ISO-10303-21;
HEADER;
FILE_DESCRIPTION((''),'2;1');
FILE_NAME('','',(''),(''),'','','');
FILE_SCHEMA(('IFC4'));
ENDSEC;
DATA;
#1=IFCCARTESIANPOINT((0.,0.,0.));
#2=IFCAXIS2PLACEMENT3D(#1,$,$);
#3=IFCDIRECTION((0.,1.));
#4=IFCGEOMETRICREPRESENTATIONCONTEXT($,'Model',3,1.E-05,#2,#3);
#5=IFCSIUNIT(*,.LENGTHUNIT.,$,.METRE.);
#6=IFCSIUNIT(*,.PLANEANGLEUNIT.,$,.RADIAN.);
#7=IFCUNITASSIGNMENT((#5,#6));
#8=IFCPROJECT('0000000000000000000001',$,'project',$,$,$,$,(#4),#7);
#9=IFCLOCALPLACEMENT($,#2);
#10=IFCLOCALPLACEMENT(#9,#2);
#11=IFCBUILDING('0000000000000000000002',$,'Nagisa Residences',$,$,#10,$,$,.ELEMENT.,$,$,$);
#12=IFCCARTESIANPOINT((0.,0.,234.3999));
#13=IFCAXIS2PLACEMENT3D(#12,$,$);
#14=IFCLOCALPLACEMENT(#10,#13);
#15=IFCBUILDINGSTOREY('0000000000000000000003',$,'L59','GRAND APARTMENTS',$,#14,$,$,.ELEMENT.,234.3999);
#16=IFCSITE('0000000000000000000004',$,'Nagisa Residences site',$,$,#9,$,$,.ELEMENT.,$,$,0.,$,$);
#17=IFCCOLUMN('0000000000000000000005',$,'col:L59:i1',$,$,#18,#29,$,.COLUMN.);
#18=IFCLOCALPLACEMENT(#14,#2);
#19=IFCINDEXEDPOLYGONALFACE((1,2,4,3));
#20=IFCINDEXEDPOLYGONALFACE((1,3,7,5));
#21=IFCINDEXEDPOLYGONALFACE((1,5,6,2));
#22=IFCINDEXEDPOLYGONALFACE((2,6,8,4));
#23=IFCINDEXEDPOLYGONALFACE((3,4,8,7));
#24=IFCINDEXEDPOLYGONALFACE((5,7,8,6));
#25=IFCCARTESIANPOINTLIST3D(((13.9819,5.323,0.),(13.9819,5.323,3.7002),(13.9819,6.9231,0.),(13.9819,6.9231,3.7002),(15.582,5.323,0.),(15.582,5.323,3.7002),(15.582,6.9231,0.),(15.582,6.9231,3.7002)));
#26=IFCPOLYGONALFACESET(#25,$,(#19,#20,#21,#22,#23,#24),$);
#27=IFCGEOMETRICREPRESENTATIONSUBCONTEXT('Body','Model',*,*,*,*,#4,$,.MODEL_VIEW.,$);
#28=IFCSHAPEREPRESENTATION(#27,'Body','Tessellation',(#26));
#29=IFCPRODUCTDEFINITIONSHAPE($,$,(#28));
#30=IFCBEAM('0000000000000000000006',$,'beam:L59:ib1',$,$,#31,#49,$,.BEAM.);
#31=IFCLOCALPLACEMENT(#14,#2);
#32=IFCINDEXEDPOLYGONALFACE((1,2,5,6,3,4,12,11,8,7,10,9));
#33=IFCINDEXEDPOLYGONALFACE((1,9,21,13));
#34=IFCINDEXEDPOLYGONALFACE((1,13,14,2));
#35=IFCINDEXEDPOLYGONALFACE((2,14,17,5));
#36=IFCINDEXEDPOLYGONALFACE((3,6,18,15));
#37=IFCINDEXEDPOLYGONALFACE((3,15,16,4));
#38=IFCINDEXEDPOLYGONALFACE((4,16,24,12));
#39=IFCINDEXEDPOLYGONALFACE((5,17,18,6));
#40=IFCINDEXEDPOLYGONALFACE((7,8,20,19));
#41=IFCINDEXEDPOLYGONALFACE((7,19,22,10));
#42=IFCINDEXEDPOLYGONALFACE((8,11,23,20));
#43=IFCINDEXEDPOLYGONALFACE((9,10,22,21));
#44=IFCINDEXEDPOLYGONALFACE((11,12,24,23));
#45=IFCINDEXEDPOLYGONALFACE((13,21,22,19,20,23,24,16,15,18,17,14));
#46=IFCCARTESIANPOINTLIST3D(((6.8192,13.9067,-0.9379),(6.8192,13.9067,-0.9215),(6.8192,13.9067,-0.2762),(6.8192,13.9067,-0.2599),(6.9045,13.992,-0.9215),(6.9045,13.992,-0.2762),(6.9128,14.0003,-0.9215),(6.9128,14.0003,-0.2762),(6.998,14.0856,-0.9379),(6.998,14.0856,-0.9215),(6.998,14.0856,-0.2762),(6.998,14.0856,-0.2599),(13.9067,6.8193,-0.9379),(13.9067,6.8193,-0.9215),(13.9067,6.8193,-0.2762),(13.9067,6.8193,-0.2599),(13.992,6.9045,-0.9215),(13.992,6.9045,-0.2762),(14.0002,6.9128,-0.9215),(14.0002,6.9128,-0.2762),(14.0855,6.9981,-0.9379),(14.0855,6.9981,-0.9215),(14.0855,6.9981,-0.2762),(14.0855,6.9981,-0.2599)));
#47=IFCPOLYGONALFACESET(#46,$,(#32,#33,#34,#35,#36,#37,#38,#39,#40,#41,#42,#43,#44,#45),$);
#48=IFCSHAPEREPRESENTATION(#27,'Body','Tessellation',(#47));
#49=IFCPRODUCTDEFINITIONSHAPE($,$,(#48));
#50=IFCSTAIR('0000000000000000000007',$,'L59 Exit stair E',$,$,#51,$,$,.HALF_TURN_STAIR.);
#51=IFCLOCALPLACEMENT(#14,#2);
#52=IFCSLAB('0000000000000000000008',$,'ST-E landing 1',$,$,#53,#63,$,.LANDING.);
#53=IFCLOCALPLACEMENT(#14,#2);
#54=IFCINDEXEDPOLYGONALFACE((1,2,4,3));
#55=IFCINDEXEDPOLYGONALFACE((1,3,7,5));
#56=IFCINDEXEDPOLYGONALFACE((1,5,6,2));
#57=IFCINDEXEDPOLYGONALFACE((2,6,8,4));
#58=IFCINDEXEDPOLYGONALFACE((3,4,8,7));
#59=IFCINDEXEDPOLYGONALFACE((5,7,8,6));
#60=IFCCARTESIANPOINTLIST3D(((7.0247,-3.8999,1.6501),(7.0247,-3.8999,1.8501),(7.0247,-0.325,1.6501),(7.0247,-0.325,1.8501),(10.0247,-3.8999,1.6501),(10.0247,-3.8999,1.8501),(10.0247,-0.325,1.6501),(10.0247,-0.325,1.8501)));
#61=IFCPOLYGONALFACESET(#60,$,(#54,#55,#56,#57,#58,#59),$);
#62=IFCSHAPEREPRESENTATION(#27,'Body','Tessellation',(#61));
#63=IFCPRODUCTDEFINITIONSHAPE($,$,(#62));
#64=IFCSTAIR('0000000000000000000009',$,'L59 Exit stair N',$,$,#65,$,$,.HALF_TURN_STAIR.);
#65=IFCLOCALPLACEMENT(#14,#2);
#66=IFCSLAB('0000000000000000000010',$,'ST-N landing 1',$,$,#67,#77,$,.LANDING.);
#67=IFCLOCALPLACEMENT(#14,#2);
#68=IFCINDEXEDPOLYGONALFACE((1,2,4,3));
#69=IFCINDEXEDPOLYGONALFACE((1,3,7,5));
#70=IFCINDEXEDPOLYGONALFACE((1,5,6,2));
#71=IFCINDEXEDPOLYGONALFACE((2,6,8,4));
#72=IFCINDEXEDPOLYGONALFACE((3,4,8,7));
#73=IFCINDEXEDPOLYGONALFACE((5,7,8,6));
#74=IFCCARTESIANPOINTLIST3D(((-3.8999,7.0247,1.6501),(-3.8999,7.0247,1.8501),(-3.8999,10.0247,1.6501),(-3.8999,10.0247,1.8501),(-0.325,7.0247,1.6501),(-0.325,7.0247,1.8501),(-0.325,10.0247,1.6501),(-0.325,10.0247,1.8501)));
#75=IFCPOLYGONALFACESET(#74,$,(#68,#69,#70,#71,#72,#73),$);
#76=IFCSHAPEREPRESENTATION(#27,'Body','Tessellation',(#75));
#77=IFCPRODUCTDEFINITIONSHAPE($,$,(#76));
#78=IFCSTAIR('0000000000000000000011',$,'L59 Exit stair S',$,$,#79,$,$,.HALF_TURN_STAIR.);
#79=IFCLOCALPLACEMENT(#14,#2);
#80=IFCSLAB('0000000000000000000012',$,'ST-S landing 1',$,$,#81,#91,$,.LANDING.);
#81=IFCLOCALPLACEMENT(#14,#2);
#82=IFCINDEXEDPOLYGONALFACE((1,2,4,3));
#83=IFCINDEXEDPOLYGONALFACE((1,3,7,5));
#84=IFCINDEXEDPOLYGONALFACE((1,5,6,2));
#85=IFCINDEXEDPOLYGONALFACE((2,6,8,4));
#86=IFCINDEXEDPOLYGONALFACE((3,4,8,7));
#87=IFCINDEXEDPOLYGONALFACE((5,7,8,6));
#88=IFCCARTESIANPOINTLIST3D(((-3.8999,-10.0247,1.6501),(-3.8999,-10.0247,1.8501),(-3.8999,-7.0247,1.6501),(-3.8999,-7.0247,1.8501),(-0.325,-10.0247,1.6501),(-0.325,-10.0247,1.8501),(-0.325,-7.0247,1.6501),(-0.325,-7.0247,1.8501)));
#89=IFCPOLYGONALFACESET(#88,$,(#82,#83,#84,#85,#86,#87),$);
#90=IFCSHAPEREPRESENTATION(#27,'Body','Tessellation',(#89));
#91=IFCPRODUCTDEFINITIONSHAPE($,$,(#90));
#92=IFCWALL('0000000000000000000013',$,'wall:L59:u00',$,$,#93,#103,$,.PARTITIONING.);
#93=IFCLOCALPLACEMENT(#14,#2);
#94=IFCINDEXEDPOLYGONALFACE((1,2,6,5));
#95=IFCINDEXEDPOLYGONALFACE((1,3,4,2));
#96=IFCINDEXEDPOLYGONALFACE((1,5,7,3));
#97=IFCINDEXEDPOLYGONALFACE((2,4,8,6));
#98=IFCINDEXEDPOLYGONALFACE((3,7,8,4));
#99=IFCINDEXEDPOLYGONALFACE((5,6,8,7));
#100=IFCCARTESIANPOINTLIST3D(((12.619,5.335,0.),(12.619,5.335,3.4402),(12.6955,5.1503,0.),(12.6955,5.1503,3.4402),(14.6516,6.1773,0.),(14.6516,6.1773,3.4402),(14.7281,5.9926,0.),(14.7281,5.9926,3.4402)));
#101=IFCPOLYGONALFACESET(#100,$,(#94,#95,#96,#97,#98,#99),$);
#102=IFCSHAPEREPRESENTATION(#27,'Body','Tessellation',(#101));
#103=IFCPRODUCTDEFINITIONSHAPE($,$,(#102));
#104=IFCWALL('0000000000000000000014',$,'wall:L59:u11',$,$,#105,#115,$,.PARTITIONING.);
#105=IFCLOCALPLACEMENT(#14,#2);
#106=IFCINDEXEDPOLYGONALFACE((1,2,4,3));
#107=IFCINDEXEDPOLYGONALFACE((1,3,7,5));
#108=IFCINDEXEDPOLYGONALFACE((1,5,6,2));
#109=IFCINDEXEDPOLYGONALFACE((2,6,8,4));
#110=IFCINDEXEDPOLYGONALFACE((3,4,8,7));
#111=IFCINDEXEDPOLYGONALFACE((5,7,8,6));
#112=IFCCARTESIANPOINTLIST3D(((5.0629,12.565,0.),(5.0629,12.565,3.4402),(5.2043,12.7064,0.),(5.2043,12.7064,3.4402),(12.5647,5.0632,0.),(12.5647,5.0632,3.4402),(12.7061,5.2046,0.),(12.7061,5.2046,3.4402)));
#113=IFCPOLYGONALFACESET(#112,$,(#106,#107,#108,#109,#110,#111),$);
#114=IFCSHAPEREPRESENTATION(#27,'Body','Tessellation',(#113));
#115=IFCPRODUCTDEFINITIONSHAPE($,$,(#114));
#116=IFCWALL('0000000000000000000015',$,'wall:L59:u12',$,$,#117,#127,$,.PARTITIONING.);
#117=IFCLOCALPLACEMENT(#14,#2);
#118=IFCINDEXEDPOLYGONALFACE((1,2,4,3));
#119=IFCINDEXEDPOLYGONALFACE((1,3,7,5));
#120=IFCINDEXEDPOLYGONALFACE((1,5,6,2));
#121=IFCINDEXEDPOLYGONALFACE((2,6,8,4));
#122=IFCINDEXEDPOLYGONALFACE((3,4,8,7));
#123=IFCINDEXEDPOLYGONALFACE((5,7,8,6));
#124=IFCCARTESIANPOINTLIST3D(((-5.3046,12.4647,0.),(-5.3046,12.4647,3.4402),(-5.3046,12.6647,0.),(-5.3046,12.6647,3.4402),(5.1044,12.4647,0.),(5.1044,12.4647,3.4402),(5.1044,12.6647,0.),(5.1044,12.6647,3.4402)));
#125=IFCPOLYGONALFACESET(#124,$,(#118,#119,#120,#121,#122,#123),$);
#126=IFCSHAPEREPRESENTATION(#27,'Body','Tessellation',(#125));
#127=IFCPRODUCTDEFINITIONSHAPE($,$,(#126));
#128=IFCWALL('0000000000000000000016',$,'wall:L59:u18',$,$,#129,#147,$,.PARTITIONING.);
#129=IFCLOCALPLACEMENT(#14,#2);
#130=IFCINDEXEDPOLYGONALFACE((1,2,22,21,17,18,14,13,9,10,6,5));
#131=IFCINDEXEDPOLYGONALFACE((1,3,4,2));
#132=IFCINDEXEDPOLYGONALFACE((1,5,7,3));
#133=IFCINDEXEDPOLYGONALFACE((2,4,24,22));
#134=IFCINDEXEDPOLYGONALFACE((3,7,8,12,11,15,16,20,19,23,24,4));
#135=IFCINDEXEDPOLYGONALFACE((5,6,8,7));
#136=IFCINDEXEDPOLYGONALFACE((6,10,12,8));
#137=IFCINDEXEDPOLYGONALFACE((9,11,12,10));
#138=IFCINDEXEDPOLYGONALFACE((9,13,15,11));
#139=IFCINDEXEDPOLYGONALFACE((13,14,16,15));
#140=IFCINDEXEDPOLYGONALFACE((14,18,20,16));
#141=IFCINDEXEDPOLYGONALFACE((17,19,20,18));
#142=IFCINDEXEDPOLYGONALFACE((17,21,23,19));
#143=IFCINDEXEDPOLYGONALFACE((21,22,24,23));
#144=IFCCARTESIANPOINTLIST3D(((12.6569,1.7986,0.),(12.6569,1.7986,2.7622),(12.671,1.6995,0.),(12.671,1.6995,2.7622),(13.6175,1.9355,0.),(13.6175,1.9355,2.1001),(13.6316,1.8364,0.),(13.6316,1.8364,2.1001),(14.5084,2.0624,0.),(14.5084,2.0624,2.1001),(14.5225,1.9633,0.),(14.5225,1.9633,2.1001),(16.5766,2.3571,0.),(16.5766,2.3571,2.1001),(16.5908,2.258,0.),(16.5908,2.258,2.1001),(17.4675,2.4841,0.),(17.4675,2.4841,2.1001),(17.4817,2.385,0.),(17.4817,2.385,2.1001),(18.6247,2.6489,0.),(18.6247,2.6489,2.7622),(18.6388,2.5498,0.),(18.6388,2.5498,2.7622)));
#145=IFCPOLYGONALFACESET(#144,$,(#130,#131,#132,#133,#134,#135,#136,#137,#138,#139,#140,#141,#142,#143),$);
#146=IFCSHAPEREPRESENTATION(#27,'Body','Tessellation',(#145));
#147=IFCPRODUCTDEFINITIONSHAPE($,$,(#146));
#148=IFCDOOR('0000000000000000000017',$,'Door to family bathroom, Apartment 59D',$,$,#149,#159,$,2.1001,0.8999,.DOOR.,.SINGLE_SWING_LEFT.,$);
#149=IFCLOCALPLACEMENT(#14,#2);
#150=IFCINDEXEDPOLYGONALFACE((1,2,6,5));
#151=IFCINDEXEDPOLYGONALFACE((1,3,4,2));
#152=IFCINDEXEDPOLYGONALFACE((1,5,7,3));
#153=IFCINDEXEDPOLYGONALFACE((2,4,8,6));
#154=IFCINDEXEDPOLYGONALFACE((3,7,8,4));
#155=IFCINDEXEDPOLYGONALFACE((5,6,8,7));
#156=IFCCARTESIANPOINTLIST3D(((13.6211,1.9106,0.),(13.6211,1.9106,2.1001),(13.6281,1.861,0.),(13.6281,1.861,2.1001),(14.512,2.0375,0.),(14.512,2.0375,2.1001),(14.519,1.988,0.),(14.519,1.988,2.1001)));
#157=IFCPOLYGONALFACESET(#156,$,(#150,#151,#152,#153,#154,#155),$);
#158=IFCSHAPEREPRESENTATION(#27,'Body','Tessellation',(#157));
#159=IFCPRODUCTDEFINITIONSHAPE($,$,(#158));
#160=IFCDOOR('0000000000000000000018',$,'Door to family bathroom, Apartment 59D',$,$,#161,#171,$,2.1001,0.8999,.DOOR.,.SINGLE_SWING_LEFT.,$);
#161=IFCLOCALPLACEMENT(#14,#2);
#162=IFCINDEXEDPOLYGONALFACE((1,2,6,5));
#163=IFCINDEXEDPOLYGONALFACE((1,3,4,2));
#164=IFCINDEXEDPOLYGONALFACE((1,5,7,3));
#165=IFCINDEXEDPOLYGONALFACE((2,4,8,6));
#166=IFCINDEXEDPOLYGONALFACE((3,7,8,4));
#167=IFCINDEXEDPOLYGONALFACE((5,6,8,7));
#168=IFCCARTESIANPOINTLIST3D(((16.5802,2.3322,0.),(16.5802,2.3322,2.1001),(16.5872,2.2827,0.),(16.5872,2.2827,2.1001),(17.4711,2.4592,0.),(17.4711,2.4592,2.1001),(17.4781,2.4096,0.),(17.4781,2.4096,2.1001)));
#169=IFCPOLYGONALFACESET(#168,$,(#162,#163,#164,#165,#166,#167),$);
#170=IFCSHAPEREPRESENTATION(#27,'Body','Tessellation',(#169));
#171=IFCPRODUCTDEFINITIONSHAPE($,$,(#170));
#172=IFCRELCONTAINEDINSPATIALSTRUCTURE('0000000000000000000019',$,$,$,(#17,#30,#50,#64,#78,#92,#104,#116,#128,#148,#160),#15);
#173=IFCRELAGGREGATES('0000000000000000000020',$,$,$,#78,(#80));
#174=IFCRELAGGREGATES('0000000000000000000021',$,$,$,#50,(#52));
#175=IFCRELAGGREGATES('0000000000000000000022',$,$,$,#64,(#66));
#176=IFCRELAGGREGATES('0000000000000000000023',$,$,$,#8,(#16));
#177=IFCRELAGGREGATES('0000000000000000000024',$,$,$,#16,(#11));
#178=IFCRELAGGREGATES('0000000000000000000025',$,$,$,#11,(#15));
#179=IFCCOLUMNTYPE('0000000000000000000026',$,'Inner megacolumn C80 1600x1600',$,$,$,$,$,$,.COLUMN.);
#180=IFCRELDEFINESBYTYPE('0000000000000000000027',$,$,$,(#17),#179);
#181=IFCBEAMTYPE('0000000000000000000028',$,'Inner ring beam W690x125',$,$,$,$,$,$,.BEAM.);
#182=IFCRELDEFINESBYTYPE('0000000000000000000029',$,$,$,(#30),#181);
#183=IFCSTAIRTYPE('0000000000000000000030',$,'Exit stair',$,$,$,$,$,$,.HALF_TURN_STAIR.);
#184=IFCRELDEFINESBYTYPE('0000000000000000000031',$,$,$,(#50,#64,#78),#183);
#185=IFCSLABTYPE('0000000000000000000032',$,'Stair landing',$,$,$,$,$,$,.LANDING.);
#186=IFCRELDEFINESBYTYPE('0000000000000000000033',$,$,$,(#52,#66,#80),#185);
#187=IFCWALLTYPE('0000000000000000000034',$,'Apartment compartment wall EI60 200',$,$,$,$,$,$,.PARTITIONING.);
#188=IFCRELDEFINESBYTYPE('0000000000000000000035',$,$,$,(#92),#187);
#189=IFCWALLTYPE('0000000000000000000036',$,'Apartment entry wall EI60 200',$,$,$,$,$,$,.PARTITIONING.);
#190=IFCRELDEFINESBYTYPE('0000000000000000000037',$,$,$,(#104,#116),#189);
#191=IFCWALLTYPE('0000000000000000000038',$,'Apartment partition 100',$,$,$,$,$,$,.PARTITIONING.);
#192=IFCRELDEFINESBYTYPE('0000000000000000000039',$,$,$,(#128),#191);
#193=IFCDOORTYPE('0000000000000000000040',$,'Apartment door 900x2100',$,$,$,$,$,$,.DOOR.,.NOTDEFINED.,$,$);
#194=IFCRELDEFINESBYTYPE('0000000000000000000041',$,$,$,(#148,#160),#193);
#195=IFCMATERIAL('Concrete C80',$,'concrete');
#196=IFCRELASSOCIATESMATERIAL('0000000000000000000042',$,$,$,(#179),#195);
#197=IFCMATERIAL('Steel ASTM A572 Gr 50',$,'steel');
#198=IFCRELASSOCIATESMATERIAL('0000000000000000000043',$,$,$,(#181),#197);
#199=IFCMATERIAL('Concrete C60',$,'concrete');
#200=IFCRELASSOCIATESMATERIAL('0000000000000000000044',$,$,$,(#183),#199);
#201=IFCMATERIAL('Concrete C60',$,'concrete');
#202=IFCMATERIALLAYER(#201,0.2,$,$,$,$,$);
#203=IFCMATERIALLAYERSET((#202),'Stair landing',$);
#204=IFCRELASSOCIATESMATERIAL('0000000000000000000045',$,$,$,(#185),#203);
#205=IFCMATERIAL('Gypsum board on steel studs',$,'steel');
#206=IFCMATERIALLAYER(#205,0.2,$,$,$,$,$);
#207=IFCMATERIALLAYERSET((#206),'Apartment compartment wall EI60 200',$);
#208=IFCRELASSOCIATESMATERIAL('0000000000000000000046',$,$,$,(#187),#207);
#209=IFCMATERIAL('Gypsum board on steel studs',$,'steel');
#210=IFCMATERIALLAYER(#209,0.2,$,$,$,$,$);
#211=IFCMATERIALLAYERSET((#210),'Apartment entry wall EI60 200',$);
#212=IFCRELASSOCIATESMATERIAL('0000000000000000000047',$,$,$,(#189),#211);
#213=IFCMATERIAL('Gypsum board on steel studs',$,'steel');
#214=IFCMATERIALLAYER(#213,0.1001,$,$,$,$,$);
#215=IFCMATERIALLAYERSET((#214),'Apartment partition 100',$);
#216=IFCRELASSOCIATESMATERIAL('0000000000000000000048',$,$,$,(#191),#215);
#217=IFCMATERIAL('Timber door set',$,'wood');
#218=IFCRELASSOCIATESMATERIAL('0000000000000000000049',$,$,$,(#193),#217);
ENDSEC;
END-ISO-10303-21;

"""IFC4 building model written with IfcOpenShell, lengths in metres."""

from ifc_helpers import new_model, si_unit, direction, frame, frame_2d, origin, origin_2d, place, context, subcontext, project, spatial, polyline, rectangle, i_section, outline, extrude, material, layer, layer_set, material_profile, profile_set, type_object, element, fill, aggregate, save


model = new_model("IFC4")

# Units and contexts
model_context = context("Model", 3, precision=1e-05, world=origin(), true_north=direction((0.0, 1.0)))
body_context = subcontext(model_context, "Body", "Model", "MODEL_VIEW")
ifc_project = project(units=[si_unit("LENGTHUNIT", "METRE"), si_unit("PLANEANGLEUNIT", "RADIAN")], contexts=[model_context])

# Site, building, storey
site_placement = place(None, origin())
site = spatial("IfcSite", under=ifc_project, at=site_placement, Name="Nagisa Residences site", CompositionType="ELEMENT", RefElevation=0.0)
building_placement = place(site_placement, origin())
building = spatial("IfcBuilding", under=site, at=building_placement, Name="Nagisa Residences", CompositionType="ELEMENT")
storey_placement = place(building_placement, frame((0.0, 0.0, 234.3999)))
storey = spatial("IfcBuildingStorey", under=building, at=storey_placement, Name="L59", Description="GRAND APARTMENTS", CompositionType="ELEMENT", Elevation=234.3999)

# Column
ifc_material_1 = material(Name="Concrete C80", Category="concrete")
ifc_material_profile_1 = material_profile(ifc_material_1, rectangle(XDim=1.6001, YDim=1.6001, at=origin_2d()), Name="C80 1600x1600")
ifc_profile_set_1 = profile_set([ifc_material_profile_1], Name="Concrete C80")
column_type = type_object("IfcColumnType", Name="Inner megacolumn C80 1600x1600", PredefinedType="COLUMN", material=ifc_profile_set_1)
column_placement = place(storey_placement, frame((14.782, 6.123, 0.0), z_axis=(0.0, 0.0, 1.0), x_axis=(1.0, 0.0, 0.0)))
element("IfcColumn", 1, at=column_placement, inside=storey, type_object=column_type, Name="col:L59:i1", PredefinedType="COLUMN", context=body_context, shape_type="SweptSolid", body=[
    extrude(rectangle(XDim=1.6001, YDim=1.6001, at=origin_2d()), origin(), (0.0, 0.0, 1.0), 3.7002),
])

# Beam
ifc_material_2 = material(Name="Steel ASTM A572 Gr 50", Category="steel")
ifc_material_profile_2 = material_profile(ifc_material_2, i_section(OverallWidth=0.2529, OverallDepth=0.678, WebThickness=0.0117, FlangeThickness=0.0164, at=origin_2d()), Name="W690x125")
ifc_profile_set_2 = profile_set([ifc_material_profile_2], Name="Steel ASTM A572 Gr 50")
beam_type = type_object("IfcBeamType", Name="Inner ring beam W690x125", PredefinedType="BEAM", material=ifc_profile_set_2)
beam_placement = place(storey_placement, frame((13.9961, 6.9087, -0.5989), z_axis=(-0.707107, 0.707107, 0.0), x_axis=(-0.707107, -0.707107, 0.0)))
element("IfcBeam", 2, at=beam_placement, inside=storey, type_object=beam_type, Name="beam:L59:ib1", PredefinedType="BEAM", context=body_context, shape_type="SweptSolid", body=[
    extrude(i_section(OverallWidth=0.2529, OverallDepth=0.678, WebThickness=0.0117, FlangeThickness=0.0164, at=origin_2d()), origin(), (0.0, 0.0, 1.0), 10.0232),
])

# Stairs, slabs
ifc_material_3 = material(Name="Concrete C60", Category="concrete")
stair_type = type_object("IfcStairType", Name="Exit stair", PredefinedType="HALF_TURN_STAIR", material=ifc_material_3)
stair_1_placement = place(storey_placement, origin())
stair_1 = element("IfcStair", 3, at=stair_1_placement, inside=storey, type_object=stair_type, Name="L59 Exit stair E", PredefinedType="HALF_TURN_STAIR")
ifc_material_4 = material(Name="Concrete C60", Category="concrete")
ifc_layer_1 = layer(ifc_material_4, 0.2)
ifc_layer_set_1 = layer_set([ifc_layer_1], Name="Stair landing")
slab_type = type_object("IfcSlabType", Name="Stair landing", PredefinedType="LANDING", material=ifc_layer_set_1)
slab_1_placement = place(storey_placement, frame((0.0, 0.0, 1.6501)))
slab_1 = element("IfcSlab", 4, at=slab_1_placement, type_object=slab_type, Name="ST-E landing 1", PredefinedType="LANDING", context=body_context, shape_type="SweptSolid", body=[
    extrude(outline(polyline([(7.0247, -0.325), (7.0247, -3.8999), (10.0247, -3.8999), (10.0247, -0.325), (7.0247, -0.325)])), origin(), (0.0, 0.0, 1.0), 0.2),
])
stair_2_placement = place(storey_placement, origin())
stair_2 = element("IfcStair", 5, at=stair_2_placement, inside=storey, type_object=stair_type, Name="L59 Exit stair N", PredefinedType="HALF_TURN_STAIR")
slab_2_placement = place(storey_placement, frame((0.0, 0.0, 1.6501)))
slab_2 = element("IfcSlab", 6, at=slab_2_placement, type_object=slab_type, Name="ST-N landing 1", PredefinedType="LANDING", context=body_context, shape_type="SweptSolid", body=[
    extrude(outline(polyline([(-0.325, 10.0247), (-3.8999, 10.0247), (-3.8999, 7.0247), (-0.325, 7.0247), (-0.325, 10.0247)])), origin(), (0.0, 0.0, 1.0), 0.2),
])
stair_3_placement = place(storey_placement, origin())
stair_3 = element("IfcStair", 7, at=stair_3_placement, inside=storey, type_object=stair_type, Name="L59 Exit stair S", PredefinedType="HALF_TURN_STAIR")
slab_3_placement = place(storey_placement, frame((0.0, 0.0, 1.6501)))
slab_3 = element("IfcSlab", 8, at=slab_3_placement, type_object=slab_type, Name="ST-S landing 1", PredefinedType="LANDING", context=body_context, shape_type="SweptSolid", body=[
    extrude(outline(polyline([(-0.325, -7.0247), (-3.8999, -7.0247), (-3.8999, -10.0247), (-0.325, -10.0247), (-0.325, -7.0247)])), origin(), (0.0, 0.0, 1.0), 0.2),
])
aggregate(stair_3, [slab_3])

# Walls
ifc_material_5 = material(Name="Gypsum board on steel studs", Category="steel")
ifc_layer_2 = layer(ifc_material_5, 0.2)
ifc_layer_set_2 = layer_set([ifc_layer_2], Name="Apartment compartment wall EI60 200")
wall_type_1 = type_object("IfcWallType", Name="Apartment compartment wall EI60 200", PredefinedType="PARTITIONING", material=ifc_layer_set_2)
wall_1_placement = place(storey_placement, frame((12.6572, 5.2427, 0.0), z_axis=(0.0, 0.0, 1.0), x_axis=(0.92383, 0.382803, 0.0)))
element("IfcWall", 9, at=wall_1_placement, inside=storey, type_object=wall_type_1, Name="wall:L59:u00", PredefinedType="PARTITIONING", context=body_context, shape_type="SweptSolid", body=[
    extrude(rectangle(XDim=2.2002, YDim=0.2, at=frame_2d((1.1001, 0.0))), origin(), (0.0, 0.0, 1.0), 3.4402),
])
ifc_material_6 = material(Name="Gypsum board on steel studs", Category="steel")
ifc_layer_3 = layer(ifc_material_6, 0.2)
ifc_layer_set_3 = layer_set([ifc_layer_3], Name="Apartment entry wall EI60 200")
wall_type_2 = type_object("IfcWallType", Name="Apartment entry wall EI60 200", PredefinedType="PARTITIONING", material=ifc_layer_set_3)
wall_2_placement = place(storey_placement, frame((12.6355, 5.1338, 0.0), z_axis=(0.0, 0.0, 1.0), x_axis=(-0.707107, 0.707107, 0.0)))
element("IfcWall", 10, at=wall_2_placement, inside=storey, type_object=wall_type_2, Name="wall:L59:u11", PredefinedType="PARTITIONING", context=body_context, shape_type="SweptSolid", body=[
    extrude(rectangle(XDim=10.6091, YDim=0.2, at=frame_2d((5.3047, 0.0))), origin(), (0.0, 0.0, 1.0), 3.4402),
])
wall_3_placement = place(storey_placement, frame((5.1045, 12.5647, 0.0), z_axis=(0.0, 0.0, 1.0), x_axis=(-1.0, 0.0, 0.0)))
element("IfcWall", 11, at=wall_3_placement, inside=storey, type_object=wall_type_2, Name="wall:L59:u12", PredefinedType="PARTITIONING", context=body_context, shape_type="SweptSolid", body=[
    extrude(rectangle(XDim=10.4089, YDim=0.2, at=frame_2d((5.2046, 0.0))), origin(), (0.0, 0.0, 1.0), 3.4402),
])

# Wall, openings, doors
ifc_material_7 = material(Name="Gypsum board on steel studs", Category="steel")
ifc_layer_4 = layer(ifc_material_7, 0.1001)
ifc_layer_set_4 = layer_set([ifc_layer_4], Name="Apartment partition 100")
wall_type_3 = type_object("IfcWallType", Name="Apartment partition 100", PredefinedType="PARTITIONING", material=ifc_layer_set_4)
wall_4_placement = place(storey_placement, frame((12.6638, 1.749, 0.0), z_axis=(0.0, 0.0, 1.0), x_axis=(0.99, 0.141064, 0.0)))
wall_4 = element("IfcWall", 12, at=wall_4_placement, inside=storey, type_object=wall_type_3, Name="wall:L59:u18", PredefinedType="PARTITIONING", context=body_context, shape_type="SweptSolid", body=[
    extrude(rectangle(XDim=6.0281, YDim=0.1001, at=frame_2d((3.0142, 0.0))), origin(), (0.0, 0.0, 1.0), 2.7622),
])
opening_1_placement = place(wall_4_placement, frame((0.9705, 0.0, 0.0)))
opening_1 = element("IfcOpeningElement", 13, at=opening_1_placement, cuts=wall_4, PredefinedType="OPENING", context=body_context, shape_type="SweptSolid", body=[
    extrude(rectangle(XDim=0.8999, YDim=2.1001, at=frame_2d((0.45, 1.05))), frame((0.0, 0.0601, 0.0), z_axis=(0.0, -1.0, 0.0), x_axis=(1.0, 0.0, 0.0)), (0.0, 0.0, 1.0), 0.1201),
])
opening_2_placement = place(wall_4_placement, frame((3.9595, 0.0, 0.0)))
opening_2 = element("IfcOpeningElement", 14, at=opening_2_placement, cuts=wall_4, PredefinedType="OPENING", context=body_context, shape_type="SweptSolid", body=[
    extrude(rectangle(XDim=0.8999, YDim=2.1001, at=frame_2d((0.45, 1.05))), frame((0.0, 0.0601, 0.0), z_axis=(0.0, -1.0, 0.0), x_axis=(1.0, 0.0, 0.0)), (0.0, 0.0, 1.0), 0.1201),
])
ifc_material_8 = material(Name="Timber door set", Category="wood")
door_type_1 = type_object("IfcDoorType", Name="Apartment door 900x2100", OperationType="NOTDEFINED", PredefinedType="DOOR", material=ifc_material_8)
door_1_placement = place(opening_1_placement, origin())
door_1 = element("IfcDoor", 15, at=door_1_placement, inside=storey, type_object=door_type_1, Name="Door to family bathroom, Apartment 59D", OperationType="SINGLE_SWING_LEFT", OverallHeight=2.1001, OverallWidth=0.8999, PredefinedType="DOOR", context=body_context, shape_type="SweptSolid", body=[
    extrude(rectangle(XDim=0.8999, YDim=2.1001, at=frame_2d((0.45, 1.05))), frame((0.0, 0.0249, 0.0), z_axis=(0.0, -1.0, 0.0), x_axis=(1.0, 0.0, 0.0)), (0.0, 0.0, 1.0), 0.05),
])
fill(opening_1, door_1)
door_2_placement = place(opening_2_placement, origin())
door_2 = element("IfcDoor", 16, at=door_2_placement, inside=storey, type_object=door_type_1, Name="Door to family bathroom, Apartment 59D", OperationType="SINGLE_SWING_LEFT", OverallHeight=2.1001, OverallWidth=0.8999, PredefinedType="DOOR", context=body_context, shape_type="SweptSolid", body=[
    extrude(rectangle(XDim=0.8999, YDim=2.1001, at=frame_2d((0.45, 1.05))), frame((0.0, 0.0249, 0.0), z_axis=(0.0, -1.0, 0.0), x_axis=(1.0, 0.0, 0.0)), (0.0, 0.0, 1.0), 0.05),
])
fill(opening_2, door_2)

aggregate(stair_1, [slab_1])
aggregate(stair_2, [slab_2])

save(model, "model.ifc")
